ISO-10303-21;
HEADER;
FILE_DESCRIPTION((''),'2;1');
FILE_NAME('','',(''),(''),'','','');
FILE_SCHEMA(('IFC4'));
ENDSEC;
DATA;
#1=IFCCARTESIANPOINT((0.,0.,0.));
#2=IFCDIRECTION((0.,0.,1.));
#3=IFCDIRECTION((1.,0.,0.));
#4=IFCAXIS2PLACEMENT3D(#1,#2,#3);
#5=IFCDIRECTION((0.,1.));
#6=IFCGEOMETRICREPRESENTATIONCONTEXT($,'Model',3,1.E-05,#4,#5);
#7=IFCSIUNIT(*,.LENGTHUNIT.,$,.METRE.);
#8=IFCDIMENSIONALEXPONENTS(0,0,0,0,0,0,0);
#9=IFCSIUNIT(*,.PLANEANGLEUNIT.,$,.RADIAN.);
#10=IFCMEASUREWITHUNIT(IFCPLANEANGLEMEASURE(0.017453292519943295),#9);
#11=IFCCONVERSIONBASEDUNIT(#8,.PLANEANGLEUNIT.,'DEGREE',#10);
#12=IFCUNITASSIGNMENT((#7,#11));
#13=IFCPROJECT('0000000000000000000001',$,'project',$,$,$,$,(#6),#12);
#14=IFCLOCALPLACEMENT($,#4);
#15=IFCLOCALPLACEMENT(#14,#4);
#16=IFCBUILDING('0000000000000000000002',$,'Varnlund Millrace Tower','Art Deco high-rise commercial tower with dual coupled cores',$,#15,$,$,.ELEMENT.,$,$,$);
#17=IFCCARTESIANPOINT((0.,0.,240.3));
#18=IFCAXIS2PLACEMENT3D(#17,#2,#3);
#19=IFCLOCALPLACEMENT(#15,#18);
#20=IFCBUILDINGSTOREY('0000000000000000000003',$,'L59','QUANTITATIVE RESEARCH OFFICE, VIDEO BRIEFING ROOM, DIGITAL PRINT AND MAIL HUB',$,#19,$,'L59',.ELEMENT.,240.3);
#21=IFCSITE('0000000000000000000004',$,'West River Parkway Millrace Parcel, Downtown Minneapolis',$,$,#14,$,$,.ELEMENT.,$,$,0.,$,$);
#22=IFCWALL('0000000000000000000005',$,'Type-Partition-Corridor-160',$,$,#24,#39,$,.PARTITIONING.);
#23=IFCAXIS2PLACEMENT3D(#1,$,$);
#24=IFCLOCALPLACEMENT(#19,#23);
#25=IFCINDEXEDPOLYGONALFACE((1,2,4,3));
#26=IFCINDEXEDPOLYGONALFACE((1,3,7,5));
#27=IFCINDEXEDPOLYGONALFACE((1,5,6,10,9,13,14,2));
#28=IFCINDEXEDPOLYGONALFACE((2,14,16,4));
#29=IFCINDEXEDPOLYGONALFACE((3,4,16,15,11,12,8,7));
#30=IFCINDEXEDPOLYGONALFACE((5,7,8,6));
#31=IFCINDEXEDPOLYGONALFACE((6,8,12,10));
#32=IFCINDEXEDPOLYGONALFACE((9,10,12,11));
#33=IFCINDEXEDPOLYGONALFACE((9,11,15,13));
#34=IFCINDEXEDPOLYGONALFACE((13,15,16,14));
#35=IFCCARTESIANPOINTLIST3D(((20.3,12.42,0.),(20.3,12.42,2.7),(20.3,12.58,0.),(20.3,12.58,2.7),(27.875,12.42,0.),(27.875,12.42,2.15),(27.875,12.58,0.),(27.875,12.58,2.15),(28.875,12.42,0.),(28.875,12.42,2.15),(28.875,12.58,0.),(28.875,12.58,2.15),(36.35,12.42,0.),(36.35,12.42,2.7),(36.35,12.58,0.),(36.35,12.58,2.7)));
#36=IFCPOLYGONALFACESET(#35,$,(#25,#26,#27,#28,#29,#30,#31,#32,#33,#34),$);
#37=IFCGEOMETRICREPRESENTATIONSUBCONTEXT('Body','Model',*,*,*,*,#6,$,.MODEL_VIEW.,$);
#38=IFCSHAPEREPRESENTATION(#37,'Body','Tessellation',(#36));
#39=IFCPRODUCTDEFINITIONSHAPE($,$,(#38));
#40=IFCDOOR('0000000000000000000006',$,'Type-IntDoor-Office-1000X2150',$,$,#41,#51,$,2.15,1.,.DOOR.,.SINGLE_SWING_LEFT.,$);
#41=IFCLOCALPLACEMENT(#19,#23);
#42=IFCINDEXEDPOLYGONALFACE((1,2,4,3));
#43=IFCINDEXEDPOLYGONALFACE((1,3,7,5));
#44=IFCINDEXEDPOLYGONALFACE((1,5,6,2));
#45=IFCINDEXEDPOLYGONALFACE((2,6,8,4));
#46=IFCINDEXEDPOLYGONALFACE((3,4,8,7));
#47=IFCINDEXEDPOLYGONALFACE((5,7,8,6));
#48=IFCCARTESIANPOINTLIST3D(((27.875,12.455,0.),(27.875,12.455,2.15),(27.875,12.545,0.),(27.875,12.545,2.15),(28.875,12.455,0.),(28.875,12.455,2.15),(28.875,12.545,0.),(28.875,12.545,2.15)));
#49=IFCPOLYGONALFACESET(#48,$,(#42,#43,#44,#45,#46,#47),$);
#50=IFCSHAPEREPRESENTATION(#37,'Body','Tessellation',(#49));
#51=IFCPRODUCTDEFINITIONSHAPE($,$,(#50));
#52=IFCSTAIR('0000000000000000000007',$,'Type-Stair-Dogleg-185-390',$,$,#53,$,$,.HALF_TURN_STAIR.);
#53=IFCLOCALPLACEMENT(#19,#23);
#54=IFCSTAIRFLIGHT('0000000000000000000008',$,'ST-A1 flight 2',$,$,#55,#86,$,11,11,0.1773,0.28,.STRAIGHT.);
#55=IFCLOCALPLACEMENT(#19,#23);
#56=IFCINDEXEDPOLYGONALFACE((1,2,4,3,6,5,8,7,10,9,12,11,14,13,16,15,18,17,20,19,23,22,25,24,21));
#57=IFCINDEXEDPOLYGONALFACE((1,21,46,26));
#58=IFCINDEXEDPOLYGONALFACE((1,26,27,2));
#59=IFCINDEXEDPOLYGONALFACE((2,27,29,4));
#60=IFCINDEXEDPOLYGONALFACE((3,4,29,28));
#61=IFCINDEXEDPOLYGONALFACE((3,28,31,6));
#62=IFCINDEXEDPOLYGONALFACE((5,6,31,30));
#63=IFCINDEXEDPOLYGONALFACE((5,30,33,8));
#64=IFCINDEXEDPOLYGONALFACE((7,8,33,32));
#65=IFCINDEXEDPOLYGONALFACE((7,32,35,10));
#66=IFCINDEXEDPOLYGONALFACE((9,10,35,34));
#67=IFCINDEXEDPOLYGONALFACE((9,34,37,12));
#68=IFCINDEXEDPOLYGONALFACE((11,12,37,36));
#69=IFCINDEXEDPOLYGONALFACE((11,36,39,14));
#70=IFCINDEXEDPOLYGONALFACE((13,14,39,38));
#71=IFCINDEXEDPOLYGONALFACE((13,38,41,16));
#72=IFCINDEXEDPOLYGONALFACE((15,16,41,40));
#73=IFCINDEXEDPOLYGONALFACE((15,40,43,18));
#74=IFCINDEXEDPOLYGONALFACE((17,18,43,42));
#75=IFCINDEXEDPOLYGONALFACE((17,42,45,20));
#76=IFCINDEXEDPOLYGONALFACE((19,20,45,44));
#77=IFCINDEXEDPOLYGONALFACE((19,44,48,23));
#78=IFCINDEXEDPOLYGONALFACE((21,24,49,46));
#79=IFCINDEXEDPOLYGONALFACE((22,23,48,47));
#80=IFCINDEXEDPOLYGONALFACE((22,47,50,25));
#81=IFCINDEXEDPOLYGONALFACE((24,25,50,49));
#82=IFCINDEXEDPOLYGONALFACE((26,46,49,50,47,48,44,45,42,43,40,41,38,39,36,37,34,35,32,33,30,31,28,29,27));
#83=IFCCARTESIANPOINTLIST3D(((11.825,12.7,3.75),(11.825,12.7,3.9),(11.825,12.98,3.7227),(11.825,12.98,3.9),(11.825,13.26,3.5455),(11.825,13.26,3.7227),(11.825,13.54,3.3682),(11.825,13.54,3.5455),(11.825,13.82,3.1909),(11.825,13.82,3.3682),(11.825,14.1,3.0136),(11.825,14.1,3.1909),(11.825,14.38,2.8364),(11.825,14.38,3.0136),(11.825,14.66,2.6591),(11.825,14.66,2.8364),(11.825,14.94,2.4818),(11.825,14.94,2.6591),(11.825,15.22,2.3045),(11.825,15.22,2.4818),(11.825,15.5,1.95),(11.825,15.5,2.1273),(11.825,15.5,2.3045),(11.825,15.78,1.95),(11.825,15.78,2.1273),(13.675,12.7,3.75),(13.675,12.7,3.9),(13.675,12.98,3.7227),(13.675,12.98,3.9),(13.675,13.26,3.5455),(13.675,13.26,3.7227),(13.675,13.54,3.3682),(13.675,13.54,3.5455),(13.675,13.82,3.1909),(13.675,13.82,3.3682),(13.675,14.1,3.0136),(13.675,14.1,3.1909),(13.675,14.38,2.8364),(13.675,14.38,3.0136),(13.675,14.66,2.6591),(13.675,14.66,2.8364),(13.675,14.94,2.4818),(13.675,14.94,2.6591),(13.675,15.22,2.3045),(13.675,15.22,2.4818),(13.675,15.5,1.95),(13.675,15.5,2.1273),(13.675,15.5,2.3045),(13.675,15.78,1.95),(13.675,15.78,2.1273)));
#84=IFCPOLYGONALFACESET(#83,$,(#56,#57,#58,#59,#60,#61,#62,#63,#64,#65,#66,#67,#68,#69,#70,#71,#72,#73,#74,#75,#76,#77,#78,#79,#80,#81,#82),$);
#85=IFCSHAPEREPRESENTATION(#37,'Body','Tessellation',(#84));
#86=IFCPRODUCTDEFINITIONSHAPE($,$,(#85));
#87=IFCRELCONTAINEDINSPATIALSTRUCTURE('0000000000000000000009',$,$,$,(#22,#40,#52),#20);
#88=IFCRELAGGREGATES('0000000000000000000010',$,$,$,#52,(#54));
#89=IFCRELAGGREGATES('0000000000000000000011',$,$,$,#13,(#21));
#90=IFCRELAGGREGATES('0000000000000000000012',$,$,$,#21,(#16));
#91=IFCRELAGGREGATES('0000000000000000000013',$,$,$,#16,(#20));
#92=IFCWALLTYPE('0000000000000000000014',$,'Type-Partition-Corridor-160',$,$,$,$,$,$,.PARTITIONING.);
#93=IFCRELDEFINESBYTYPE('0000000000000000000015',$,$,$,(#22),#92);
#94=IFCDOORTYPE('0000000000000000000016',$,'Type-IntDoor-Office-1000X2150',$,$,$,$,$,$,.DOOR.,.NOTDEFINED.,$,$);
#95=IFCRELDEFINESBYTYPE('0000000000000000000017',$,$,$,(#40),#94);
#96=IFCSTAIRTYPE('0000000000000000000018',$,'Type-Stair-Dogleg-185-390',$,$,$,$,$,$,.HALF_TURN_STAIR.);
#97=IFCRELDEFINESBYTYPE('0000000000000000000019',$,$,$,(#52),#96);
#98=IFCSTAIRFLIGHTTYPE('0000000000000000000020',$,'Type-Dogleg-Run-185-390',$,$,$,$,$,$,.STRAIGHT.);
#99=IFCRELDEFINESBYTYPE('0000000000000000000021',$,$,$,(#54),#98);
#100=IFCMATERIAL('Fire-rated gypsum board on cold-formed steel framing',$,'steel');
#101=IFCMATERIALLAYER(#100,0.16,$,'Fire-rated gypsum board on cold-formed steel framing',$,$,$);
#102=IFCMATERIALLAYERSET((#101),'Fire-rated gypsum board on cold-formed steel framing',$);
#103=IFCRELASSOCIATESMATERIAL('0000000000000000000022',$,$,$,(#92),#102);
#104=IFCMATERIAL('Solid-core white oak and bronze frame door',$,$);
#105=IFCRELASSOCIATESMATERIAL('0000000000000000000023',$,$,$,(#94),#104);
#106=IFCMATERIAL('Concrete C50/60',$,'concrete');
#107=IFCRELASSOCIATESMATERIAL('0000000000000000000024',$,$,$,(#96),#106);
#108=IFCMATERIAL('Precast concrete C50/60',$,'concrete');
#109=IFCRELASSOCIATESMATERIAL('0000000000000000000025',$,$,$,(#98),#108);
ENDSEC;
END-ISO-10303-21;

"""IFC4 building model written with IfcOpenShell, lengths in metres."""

from ifc_helpers import new_model, entity, si_unit, converted_unit, direction, frame, origin_with_axes, origin_2d_with_axis, place, context, subcontext, project, spatial, polyline, rectangle, outline, extrude, material, layer, layer_set, type_object, element, fill, aggregate, save


model = new_model("IFC4")

# Units and contexts
model_context = context("Model", 3, precision=1e-05, world=origin_with_axes(), true_north=direction((0.0, 1.0)))
body_context = subcontext(model_context, "Body", "Model", "MODEL_VIEW")
ifc_project = project(units=[si_unit("LENGTHUNIT", "METRE"), converted_unit("PLANEANGLEUNIT", "DEGREE", entity("IfcPlaneAngleMeasure", 0.017453292519943295), si_unit("PLANEANGLEUNIT", "RADIAN"), dimensions=[0, 0, 0, 0, 0, 0, 0])], contexts=[model_context])

# Site, building, storey
site_placement = place(None, origin_with_axes())
site = spatial("IfcSite", under=ifc_project, at=site_placement, Name="West River Parkway Millrace Parcel, Downtown Minneapolis", CompositionType="ELEMENT", RefElevation=0.0)
building_placement = place(site_placement, origin_with_axes())
building = spatial("IfcBuilding", under=site, at=building_placement, Name="Varnlund Millrace Tower", Description="Art Deco high-rise commercial tower with dual coupled cores", CompositionType="ELEMENT")
storey_placement = place(building_placement, frame((0.0, 0.0, 240.3), z_axis=(0.0, 0.0, 1.0), x_axis=(1.0, 0.0, 0.0)))
storey = spatial("IfcBuildingStorey", under=building, at=storey_placement, Name="L59", Description="QUANTITATIVE RESEARCH OFFICE, VIDEO BRIEFING ROOM, DIGITAL PRINT AND MAIL HUB", LongName="L59", CompositionType="ELEMENT", Elevation=240.3)

# Wall, opening, door
ifc_material_1 = material(Name="Fire-rated gypsum board on cold-formed steel framing", Category="steel")
ifc_layer = layer(ifc_material_1, 0.16, Name="Fire-rated gypsum board on cold-formed steel framing")
ifc_layer_set = layer_set([ifc_layer], Name="Fire-rated gypsum board on cold-formed steel framing")
wall_type = type_object("IfcWallType", Name="Type-Partition-Corridor-160", PredefinedType="PARTITIONING", material=ifc_layer_set)
wall_placement = place(storey_placement, frame((20.3, 12.5, 0.0), z_axis=(0.0, 0.0, 1.0), x_axis=(1.0, 0.0, 0.0)))
wall = element("IfcWall", 1, at=wall_placement, inside=storey, type_object=wall_type, Name="Type-Partition-Corridor-160", PredefinedType="PARTITIONING", context=body_context, shape_type="SweptSolid", body=[
    extrude(outline(polyline([(0.0, -0.08), (16.05, -0.08), (16.05, 0.08), (0.0, 0.08), (0.0, -0.08)])), origin_with_axes(), (0.0, 0.0, 1.0), 2.7),
])
opening_placement = place(wall_placement, frame((8.075, 0.0, 0.0), z_axis=(0.0, 0.0, 1.0), x_axis=(1.0, 0.0, 0.0)))
opening = element("IfcOpeningElement", 2, at=opening_placement, cuts=wall, PredefinedType="OPENING", context=body_context, shape_type="SweptSolid", body=[
    extrude(rectangle(XDim=1.0, YDim=0.18, at=origin_2d_with_axis()), origin_with_axes(), (0.0, 0.0, 1.0), 2.15),
])
ifc_material_2 = material(Name="Solid-core white oak and bronze frame door")
door_type = type_object("IfcDoorType", Name="Type-IntDoor-Office-1000X2150", OperationType="NOTDEFINED", PredefinedType="DOOR", material=ifc_material_2)
door_placement = place(wall_placement, frame((8.075, 0.0, 0.0), z_axis=(0.0, 0.0, 1.0), x_axis=(1.0, 0.0, 0.0)))
door = element("IfcDoor", 3, at=door_placement, inside=storey, type_object=door_type, Name="Type-IntDoor-Office-1000X2150", OperationType="SINGLE_SWING_LEFT", OverallHeight=2.15, OverallWidth=1.0, PredefinedType="DOOR", context=body_context, shape_type="SweptSolid", body=[
    extrude(rectangle(XDim=1.0, YDim=0.09, at=origin_2d_with_axis()), origin_with_axes(), (0.0, 0.0, 1.0), 2.15),
])
fill(opening, door)

# Stair, stair flight
ifc_material_3 = material(Name="Concrete C50/60", Category="concrete")
stair_type = type_object("IfcStairType", Name="Type-Stair-Dogleg-185-390", PredefinedType="HALF_TURN_STAIR", material=ifc_material_3)
stair_placement = place(storey_placement, origin_with_axes())
stair = element("IfcStair", 4, at=stair_placement, inside=storey, type_object=stair_type, Name="Type-Stair-Dogleg-185-390", PredefinedType="HALF_TURN_STAIR")
ifc_material_4 = material(Name="Precast concrete C50/60", Category="concrete")
stair_flight_type = type_object("IfcStairFlightType", Name="Type-Dogleg-Run-185-390", PredefinedType="STRAIGHT", material=ifc_material_4)
stair_flight_placement = place(storey_placement, frame((13.675, 15.78, 1.95), z_axis=(-1.0, 0.0, 0.0), x_axis=(0.0, -1.0, 0.0)))
stair_flight = element("IfcStairFlight", 5, at=stair_flight_placement, type_object=stair_flight_type, Name="ST-A1 flight 2", NumberOfRisers=11, NumberOfTreads=11, PredefinedType="STRAIGHT", RiserHeight=0.1773, TreadLength=0.28, context=body_context, shape_type="SweptSolid", body=[
    extrude(outline(polyline([(0.0, 0.0), (0.0, 0.1773), (0.28, 0.1773), (0.28, 0.3545), (0.56, 0.3545), (0.56, 0.5318), (0.84, 0.5318), (0.84, 0.7091), (1.12, 0.7091), (1.12, 0.8864), (1.4, 0.8864), (1.4, 1.0636), (1.68, 1.0636), (1.68, 1.2409), (1.96, 1.2409), (1.96, 1.4182), (2.24, 1.4182), (2.24, 1.5955), (2.52, 1.5955), (2.52, 1.7727), (2.8, 1.7727), (2.8, 1.95), (3.08, 1.95), (3.08, 1.8), (0.28, 0.0), (0.0, 0.0)])), origin_with_axes(), (0.0, 0.0, 1.0), 1.85),
])
aggregate(stair, [stair_flight])

save(model, "model.ifc")
